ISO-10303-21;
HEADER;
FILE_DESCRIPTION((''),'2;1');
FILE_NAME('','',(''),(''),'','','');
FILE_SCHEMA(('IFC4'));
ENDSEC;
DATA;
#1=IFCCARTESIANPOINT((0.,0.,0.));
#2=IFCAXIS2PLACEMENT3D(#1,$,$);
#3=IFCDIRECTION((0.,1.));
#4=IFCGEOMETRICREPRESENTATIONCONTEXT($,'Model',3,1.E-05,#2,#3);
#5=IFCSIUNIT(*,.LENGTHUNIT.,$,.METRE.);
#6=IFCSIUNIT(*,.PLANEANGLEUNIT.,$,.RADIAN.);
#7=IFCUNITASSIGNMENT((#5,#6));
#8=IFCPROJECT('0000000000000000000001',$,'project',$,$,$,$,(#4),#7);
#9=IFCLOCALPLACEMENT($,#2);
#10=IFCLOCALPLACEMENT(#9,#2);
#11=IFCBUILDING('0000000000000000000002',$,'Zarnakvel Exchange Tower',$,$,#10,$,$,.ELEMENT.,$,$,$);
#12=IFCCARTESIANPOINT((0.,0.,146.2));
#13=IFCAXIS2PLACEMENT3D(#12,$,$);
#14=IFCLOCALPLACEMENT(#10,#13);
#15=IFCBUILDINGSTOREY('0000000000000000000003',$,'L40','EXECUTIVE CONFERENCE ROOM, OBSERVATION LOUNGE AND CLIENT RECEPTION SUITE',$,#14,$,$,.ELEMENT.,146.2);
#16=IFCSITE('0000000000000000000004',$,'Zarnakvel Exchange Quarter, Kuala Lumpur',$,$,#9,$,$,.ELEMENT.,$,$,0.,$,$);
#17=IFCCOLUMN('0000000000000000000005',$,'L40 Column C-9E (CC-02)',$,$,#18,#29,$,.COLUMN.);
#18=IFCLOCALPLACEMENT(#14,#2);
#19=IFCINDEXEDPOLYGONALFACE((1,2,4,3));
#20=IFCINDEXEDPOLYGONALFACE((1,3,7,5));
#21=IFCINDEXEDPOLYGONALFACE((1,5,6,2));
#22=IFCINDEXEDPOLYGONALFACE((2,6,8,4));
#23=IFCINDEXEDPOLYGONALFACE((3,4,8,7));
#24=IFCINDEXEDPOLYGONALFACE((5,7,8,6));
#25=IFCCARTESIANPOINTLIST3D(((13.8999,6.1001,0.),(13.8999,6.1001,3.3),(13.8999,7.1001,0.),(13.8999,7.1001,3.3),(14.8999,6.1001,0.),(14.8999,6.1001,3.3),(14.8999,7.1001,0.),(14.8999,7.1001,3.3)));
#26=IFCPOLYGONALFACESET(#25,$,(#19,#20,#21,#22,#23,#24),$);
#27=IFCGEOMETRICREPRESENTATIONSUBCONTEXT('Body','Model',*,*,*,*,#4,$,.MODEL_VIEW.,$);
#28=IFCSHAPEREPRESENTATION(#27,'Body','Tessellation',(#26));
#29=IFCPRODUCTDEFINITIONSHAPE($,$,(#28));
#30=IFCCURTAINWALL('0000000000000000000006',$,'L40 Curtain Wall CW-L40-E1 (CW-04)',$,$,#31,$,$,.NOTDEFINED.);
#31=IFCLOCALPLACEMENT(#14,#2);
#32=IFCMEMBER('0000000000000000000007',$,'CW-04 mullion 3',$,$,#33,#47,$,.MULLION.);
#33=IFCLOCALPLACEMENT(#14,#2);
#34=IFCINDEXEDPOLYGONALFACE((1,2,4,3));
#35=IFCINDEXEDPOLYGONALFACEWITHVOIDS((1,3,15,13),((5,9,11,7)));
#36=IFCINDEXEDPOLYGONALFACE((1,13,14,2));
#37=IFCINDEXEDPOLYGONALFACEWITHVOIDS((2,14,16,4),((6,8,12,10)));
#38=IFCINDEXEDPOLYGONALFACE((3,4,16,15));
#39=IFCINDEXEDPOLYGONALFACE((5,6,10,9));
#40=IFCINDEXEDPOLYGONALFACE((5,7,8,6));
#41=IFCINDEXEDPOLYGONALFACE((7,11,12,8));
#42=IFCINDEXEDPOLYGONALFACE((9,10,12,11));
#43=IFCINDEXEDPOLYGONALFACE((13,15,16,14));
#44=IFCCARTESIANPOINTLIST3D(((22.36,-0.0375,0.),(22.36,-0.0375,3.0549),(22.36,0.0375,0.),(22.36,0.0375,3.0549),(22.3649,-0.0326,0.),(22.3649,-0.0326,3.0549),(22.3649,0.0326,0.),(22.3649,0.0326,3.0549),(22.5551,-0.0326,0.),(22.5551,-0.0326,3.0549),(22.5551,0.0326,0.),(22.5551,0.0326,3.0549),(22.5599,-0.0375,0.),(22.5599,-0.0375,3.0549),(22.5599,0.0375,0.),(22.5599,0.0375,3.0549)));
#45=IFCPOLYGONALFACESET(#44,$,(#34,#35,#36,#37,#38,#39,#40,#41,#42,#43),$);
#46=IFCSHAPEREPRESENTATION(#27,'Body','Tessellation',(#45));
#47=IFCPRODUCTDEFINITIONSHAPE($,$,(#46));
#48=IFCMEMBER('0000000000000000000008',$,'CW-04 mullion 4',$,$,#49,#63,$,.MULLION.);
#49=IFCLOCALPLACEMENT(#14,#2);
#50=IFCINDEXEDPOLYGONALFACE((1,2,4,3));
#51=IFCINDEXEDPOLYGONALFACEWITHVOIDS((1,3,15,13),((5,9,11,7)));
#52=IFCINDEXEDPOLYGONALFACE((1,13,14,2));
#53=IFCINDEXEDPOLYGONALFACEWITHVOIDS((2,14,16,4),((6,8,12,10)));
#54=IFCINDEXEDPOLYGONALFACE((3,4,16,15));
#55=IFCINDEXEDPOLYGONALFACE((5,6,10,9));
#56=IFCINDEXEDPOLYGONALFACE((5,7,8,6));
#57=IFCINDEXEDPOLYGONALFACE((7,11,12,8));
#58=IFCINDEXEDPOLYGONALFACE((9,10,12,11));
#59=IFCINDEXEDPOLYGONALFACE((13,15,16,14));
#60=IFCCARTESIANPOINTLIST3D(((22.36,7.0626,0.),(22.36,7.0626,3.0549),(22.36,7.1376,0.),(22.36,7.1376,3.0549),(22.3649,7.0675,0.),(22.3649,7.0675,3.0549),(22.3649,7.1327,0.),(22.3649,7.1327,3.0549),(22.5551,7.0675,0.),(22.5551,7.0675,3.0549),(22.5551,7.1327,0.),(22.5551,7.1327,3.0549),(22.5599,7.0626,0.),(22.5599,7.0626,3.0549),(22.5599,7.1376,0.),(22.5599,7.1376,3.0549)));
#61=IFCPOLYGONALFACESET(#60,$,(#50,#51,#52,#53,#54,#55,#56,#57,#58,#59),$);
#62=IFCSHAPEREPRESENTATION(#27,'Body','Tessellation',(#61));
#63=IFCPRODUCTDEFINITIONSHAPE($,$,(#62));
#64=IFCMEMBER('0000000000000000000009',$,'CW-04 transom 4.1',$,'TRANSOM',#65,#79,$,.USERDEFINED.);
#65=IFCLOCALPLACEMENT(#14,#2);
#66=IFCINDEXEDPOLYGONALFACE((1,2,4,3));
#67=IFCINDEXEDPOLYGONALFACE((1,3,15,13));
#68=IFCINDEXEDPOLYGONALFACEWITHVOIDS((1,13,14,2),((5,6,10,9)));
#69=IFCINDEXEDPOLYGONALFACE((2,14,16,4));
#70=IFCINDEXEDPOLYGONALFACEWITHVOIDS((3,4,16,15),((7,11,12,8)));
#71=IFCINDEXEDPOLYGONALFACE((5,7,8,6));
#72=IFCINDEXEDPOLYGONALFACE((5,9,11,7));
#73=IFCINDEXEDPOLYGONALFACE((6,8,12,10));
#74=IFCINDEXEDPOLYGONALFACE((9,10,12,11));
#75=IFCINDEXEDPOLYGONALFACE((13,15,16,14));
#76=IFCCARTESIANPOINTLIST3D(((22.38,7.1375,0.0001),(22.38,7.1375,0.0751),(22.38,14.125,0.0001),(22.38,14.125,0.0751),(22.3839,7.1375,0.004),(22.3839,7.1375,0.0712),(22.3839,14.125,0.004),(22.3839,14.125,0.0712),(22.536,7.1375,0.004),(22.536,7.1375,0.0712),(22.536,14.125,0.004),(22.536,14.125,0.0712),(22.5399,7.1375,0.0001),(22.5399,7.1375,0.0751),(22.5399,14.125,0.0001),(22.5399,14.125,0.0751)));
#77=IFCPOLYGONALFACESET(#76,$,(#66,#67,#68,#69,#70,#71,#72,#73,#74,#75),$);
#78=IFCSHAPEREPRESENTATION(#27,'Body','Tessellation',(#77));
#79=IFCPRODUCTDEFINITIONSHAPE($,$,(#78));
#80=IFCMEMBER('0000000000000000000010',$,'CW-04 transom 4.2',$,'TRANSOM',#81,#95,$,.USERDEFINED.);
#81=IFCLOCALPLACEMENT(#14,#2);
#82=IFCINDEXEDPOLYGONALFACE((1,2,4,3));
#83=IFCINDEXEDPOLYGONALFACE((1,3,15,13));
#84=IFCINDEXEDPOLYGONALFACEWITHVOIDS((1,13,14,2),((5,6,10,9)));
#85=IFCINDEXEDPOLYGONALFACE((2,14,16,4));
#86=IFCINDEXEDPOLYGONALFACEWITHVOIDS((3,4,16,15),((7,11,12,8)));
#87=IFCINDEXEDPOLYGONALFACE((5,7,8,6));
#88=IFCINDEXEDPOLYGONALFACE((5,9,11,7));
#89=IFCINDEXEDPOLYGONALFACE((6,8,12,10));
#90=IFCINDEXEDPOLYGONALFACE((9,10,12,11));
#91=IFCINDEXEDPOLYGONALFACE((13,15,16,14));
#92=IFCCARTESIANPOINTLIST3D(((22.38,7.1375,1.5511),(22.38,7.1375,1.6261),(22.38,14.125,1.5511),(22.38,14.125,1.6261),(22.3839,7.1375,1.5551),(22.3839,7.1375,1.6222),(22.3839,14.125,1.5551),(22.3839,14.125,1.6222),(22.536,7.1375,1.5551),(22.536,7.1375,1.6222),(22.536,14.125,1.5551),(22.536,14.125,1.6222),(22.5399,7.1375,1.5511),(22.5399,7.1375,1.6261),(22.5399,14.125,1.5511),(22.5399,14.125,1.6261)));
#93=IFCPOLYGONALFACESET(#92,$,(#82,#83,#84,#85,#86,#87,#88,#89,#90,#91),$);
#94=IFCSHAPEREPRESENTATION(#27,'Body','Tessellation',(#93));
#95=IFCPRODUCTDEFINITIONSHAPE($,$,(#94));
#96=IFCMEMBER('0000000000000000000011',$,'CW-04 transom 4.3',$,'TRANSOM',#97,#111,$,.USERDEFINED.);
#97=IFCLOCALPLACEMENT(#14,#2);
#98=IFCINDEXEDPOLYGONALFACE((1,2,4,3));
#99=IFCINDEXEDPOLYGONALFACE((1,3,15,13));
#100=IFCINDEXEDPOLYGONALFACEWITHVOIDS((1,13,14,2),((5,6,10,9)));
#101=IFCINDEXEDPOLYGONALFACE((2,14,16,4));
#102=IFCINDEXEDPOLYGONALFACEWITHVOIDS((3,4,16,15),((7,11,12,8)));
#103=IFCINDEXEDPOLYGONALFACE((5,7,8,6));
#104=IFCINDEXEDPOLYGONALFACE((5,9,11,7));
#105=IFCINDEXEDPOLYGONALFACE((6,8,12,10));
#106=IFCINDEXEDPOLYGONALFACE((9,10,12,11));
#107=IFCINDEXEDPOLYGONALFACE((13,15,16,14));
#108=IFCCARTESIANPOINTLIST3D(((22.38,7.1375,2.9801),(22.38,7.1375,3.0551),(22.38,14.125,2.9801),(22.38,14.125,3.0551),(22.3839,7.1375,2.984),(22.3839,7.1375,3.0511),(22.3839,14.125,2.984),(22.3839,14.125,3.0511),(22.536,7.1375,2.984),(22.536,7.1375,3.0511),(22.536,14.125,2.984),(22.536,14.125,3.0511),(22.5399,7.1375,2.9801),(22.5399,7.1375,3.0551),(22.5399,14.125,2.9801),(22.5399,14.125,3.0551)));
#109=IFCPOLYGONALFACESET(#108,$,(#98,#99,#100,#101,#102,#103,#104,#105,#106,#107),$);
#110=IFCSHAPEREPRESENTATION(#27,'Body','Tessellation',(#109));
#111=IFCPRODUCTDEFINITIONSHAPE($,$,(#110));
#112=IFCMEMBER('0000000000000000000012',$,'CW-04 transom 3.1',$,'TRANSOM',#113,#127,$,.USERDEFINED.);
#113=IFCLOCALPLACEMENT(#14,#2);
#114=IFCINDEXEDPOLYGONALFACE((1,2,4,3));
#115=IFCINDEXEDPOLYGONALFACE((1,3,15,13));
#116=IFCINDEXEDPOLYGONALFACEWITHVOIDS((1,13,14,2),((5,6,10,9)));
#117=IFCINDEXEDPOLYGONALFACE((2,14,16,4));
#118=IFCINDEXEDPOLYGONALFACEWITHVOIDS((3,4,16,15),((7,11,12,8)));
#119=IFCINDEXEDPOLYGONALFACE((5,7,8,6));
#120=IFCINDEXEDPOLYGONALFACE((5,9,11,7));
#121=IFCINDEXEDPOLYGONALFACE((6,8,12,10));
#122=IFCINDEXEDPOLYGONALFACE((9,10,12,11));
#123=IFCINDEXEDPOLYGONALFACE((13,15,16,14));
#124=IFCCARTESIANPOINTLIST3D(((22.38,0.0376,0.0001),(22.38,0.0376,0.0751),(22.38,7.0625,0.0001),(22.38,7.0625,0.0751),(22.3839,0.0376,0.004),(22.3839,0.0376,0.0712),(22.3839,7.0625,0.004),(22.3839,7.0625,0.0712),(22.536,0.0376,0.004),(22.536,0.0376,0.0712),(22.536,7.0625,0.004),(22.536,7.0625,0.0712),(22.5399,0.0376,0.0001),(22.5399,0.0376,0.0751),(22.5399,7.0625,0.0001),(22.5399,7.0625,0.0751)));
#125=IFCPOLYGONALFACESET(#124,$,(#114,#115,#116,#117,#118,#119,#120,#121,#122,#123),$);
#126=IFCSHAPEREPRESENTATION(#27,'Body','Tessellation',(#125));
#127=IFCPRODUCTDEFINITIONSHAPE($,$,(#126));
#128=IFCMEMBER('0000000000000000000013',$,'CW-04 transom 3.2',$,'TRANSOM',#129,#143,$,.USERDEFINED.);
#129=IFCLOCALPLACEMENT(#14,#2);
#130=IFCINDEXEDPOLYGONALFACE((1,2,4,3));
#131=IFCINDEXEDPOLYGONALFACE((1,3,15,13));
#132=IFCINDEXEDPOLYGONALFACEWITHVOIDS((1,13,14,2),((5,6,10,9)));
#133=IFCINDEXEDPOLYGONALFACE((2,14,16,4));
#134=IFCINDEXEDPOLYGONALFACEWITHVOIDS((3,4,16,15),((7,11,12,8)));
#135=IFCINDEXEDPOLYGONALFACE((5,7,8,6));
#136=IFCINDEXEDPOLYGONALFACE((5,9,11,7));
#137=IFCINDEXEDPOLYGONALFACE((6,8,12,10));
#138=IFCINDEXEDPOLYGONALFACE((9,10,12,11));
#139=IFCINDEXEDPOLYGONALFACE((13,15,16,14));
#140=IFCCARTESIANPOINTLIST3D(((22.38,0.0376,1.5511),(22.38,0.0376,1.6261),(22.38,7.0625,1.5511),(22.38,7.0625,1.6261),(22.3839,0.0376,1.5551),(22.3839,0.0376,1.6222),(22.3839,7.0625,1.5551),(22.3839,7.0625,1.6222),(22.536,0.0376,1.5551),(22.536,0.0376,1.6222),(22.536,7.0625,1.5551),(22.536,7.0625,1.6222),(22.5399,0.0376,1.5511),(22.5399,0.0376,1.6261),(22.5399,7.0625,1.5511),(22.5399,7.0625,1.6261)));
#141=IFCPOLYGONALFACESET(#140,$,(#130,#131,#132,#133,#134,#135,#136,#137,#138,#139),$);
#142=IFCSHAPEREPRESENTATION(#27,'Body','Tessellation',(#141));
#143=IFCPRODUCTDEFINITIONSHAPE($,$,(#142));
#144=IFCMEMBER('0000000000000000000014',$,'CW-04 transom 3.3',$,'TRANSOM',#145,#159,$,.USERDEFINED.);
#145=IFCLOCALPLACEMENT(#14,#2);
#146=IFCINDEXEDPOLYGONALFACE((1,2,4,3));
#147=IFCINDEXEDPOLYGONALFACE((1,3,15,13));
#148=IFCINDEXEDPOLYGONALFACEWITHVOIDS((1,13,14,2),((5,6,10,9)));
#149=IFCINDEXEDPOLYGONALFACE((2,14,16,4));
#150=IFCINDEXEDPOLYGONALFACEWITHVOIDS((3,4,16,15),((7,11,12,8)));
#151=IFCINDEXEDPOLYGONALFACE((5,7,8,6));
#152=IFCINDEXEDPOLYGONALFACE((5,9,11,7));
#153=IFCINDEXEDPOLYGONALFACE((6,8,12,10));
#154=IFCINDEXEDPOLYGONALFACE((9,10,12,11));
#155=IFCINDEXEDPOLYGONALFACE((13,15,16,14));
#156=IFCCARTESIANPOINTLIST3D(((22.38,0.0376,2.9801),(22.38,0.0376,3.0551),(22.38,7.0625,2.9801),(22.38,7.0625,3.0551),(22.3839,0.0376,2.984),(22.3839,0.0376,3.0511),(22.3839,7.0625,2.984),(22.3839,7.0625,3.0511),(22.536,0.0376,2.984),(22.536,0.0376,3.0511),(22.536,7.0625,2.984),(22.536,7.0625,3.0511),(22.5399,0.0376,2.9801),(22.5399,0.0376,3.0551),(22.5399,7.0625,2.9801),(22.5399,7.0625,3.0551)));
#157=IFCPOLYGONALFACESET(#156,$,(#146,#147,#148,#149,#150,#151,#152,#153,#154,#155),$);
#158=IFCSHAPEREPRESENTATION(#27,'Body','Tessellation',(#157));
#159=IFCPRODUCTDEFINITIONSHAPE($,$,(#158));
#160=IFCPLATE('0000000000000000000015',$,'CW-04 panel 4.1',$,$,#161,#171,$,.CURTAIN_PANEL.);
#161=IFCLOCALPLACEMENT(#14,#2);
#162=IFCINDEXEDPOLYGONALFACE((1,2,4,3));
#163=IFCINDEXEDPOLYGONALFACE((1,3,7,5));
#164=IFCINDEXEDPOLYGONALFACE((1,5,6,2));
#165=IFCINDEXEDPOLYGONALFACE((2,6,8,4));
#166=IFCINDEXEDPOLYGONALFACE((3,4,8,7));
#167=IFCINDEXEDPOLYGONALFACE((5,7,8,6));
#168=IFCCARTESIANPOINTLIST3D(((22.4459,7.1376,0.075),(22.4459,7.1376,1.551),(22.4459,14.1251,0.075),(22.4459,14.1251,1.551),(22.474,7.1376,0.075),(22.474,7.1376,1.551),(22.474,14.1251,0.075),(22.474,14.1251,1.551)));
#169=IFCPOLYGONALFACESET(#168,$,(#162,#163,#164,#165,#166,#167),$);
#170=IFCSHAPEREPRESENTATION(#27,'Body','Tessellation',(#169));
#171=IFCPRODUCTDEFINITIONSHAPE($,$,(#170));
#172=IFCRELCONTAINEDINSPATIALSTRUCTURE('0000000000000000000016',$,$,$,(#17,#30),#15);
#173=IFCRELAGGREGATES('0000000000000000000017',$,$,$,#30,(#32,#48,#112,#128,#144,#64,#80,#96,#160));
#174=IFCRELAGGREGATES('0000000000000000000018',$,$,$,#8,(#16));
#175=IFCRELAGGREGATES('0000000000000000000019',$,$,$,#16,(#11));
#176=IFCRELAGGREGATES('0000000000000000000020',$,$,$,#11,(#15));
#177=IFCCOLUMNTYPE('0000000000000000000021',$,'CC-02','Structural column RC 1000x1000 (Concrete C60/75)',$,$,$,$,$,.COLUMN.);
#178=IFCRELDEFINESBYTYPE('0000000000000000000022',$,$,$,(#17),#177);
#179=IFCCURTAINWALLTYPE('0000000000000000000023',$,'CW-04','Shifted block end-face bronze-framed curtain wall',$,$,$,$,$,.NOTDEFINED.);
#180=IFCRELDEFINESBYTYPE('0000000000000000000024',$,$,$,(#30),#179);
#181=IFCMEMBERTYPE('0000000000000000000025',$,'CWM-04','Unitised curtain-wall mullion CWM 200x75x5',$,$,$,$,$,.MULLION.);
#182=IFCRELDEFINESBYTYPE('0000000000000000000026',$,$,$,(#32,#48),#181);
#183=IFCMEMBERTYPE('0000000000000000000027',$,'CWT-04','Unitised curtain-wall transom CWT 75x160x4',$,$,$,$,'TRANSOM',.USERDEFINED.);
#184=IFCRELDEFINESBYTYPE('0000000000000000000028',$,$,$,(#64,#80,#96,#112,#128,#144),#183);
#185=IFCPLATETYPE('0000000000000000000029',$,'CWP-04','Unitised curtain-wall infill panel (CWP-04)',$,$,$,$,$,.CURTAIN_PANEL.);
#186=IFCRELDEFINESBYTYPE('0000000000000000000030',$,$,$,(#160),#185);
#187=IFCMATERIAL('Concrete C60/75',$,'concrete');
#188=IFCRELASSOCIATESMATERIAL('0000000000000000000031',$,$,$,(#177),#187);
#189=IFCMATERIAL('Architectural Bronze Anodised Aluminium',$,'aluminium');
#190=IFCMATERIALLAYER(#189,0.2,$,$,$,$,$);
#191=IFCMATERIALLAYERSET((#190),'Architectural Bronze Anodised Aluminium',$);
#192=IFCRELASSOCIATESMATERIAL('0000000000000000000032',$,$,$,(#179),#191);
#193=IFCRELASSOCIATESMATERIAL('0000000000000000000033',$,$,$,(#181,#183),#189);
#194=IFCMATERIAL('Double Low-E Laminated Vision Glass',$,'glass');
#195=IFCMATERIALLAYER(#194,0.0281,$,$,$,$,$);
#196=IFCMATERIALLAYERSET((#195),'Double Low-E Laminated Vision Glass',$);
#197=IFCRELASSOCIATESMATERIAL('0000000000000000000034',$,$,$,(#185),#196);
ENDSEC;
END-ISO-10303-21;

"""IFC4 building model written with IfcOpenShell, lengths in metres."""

from ifc_helpers import new_model, si_unit, direction, frame, origin, origin_2d, place, context, subcontext, project, spatial, rectangle, hollow_rectangle, extrude, source, transform, mapped, material, layer, layer_set, material_profile, profile_set, type_object, element, aggregate, save


model = new_model("IFC4")

# Units and contexts
model_context = context("Model", 3, precision=1e-05, world=origin(), true_north=direction((0.0, 1.0)))
body_context = subcontext(model_context, "Body", "Model", "MODEL_VIEW")
ifc_project = project(units=[si_unit("LENGTHUNIT", "METRE"), si_unit("PLANEANGLEUNIT", "RADIAN")], contexts=[model_context])

# Site, building, storey
site_placement = place(None, origin())
site = spatial("IfcSite", under=ifc_project, at=site_placement, Name="Zarnakvel Exchange Quarter, Kuala Lumpur", CompositionType="ELEMENT", RefElevation=0.0)
building_placement = place(site_placement, origin())
building = spatial("IfcBuilding", under=site, at=building_placement, Name="Zarnakvel Exchange Tower", CompositionType="ELEMENT")
storey_placement = place(building_placement, frame((0.0, 0.0, 146.2)))
storey = spatial("IfcBuildingStorey", under=building, at=storey_placement, Name="L40", Description="EXECUTIVE CONFERENCE ROOM, OBSERVATION LOUNGE AND CLIENT RECEPTION SUITE", CompositionType="ELEMENT", Elevation=146.2)

# Column
ifc_material_1 = material(Name="Concrete C60/75", Category="concrete")
ifc_material_profile_1 = material_profile(ifc_material_1, rectangle(XDim=1.0, YDim=1.0, at=origin_2d()))
ifc_profile_set_1 = profile_set([ifc_material_profile_1], Name="Concrete C60/75")
column_type = type_object("IfcColumnType", Name="CC-02", Description="Structural column RC 1000x1000 (Concrete C60/75)", PredefinedType="COLUMN", material=ifc_profile_set_1)
column_placement = place(storey_placement, frame((14.3999, 6.6001, 0.0), z_axis=(0.0, 0.0, 1.0), x_axis=(1.0, 0.0, 0.0)))
element("IfcColumn", 1, at=column_placement, inside=storey, type_object=column_type, Name="L40 Column C-9E (CC-02)", PredefinedType="COLUMN", context=body_context, shape_type="SweptSolid", body=[
    extrude(rectangle(XDim=1.0, YDim=1.0, at=origin_2d()), origin(), (0.0, 0.0, 1.0), 3.3),
])

# Curtain wall, members, plate
ifc_material_2 = material(Name="Architectural Bronze Anodised Aluminium", Category="aluminium")
ifc_layer_1 = layer(ifc_material_2, 0.2)
ifc_layer_set_1 = layer_set([ifc_layer_1], Name="Architectural Bronze Anodised Aluminium")
curtain_wall_type = type_object("IfcCurtainWallType", Name="CW-04", Description="Shifted block end-face bronze-framed curtain wall", PredefinedType="NOTDEFINED", material=ifc_layer_set_1)
curtain_wall_placement = place(storey_placement, origin())
curtain_wall = element("IfcCurtainWall", 2, at=curtain_wall_placement, inside=storey, type_object=curtain_wall_type, Name="L40 Curtain Wall CW-L40-E1 (CW-04)", PredefinedType="NOTDEFINED")
ifc_material_profile_2 = material_profile(ifc_material_2, hollow_rectangle(XDim=0.2, YDim=0.075, WallThickness=0.0049, at=origin_2d()))
ifc_profile_set_2 = profile_set([ifc_material_profile_2], Name="Architectural Bronze Anodised Aluminium")
member_type_1 = type_object("IfcMemberType", Name="CWM-04", Description="Unitised curtain-wall mullion CWM 200x75x5", PredefinedType="MULLION", material=ifc_profile_set_2)
shared_shape_1 = source(origin(), body_context, "Body", "SweptSolid", [
    extrude(hollow_rectangle(XDim=0.2, YDim=0.075, WallThickness=0.0049, at=origin_2d()), origin(), (0.0, 0.0, 1.0), 3.0549),
])
member_1_placement = place(storey_placement, frame((22.46, 0.0, 0.0), z_axis=(0.0, 0.0, 1.0), x_axis=(-1.0, 0.0, 0.0)))
member_1 = element("IfcMember", 3, at=member_1_placement, type_object=member_type_1, Name="CW-04 mullion 3", PredefinedType="MULLION", context=body_context, shape_type="MappedRepresentation", body=[
    mapped(shared_shape_1, transform((0.0, 0.0, 0.0), x_axis=(1.0, 0.0, 0.0), y_axis=(0.0, 1.0, 0.0), z_axis=(0.0, 0.0, 1.0), scale=1.0)),
])
member_2_placement = place(storey_placement, frame((22.46, 7.1001, 0.0), z_axis=(0.0, 0.0, 1.0), x_axis=(-1.0, 0.0, 0.0)))
member_2 = element("IfcMember", 4, at=member_2_placement, type_object=member_type_1, Name="CW-04 mullion 4", PredefinedType="MULLION", context=body_context, shape_type="MappedRepresentation", body=[
    mapped(shared_shape_1, transform((0.0, 0.0, 0.0), x_axis=(1.0, 0.0, 0.0), y_axis=(0.0, 1.0, 0.0), z_axis=(0.0, 0.0, 1.0), scale=1.0)),
])
ifc_material_profile_3 = material_profile(ifc_material_2, hollow_rectangle(XDim=0.1599, YDim=0.075, WallThickness=0.0039, at=origin_2d()))
ifc_profile_set_3 = profile_set([ifc_material_profile_3], Name="Architectural Bronze Anodised Aluminium")
member_type_2 = type_object("IfcMemberType", Name="CWT-04", Description="Unitised curtain-wall transom CWT 75x160x4", ElementType="TRANSOM", PredefinedType="USERDEFINED", material=ifc_profile_set_3)
shared_shape_2 = source(origin(), body_context, "Body", "SweptSolid", [
    extrude(hollow_rectangle(XDim=0.1599, YDim=0.075, WallThickness=0.0039, at=origin_2d()), origin(), (0.0, 0.0, 1.0), 6.9875),
])
member_3_placement = place(storey_placement, frame((22.46, 7.1375, 0.0376), z_axis=(0.0, 1.0, 0.0), x_axis=(-1.0, 0.0, 0.0)))
member_3 = element("IfcMember", 5, at=member_3_placement, type_object=member_type_2, Name="CW-04 transom 4.1", ObjectType="TRANSOM", PredefinedType="USERDEFINED", context=body_context, shape_type="MappedRepresentation", body=[
    mapped(shared_shape_2, transform((0.0, 0.0, 0.0), x_axis=(1.0, 0.0, 0.0), y_axis=(0.0, 1.0, 0.0), z_axis=(0.0, 0.0, 1.0), scale=1.0)),
])
member_4_placement = place(storey_placement, frame((22.46, 7.1375, 1.5886), z_axis=(0.0, 1.0, 0.0), x_axis=(-1.0, 0.0, 0.0)))
member_4 = element("IfcMember", 6, at=member_4_placement, type_object=member_type_2, Name="CW-04 transom 4.2", ObjectType="TRANSOM", PredefinedType="USERDEFINED", context=body_context, shape_type="MappedRepresentation", body=[
    mapped(shared_shape_2, transform((0.0, 0.0, 0.0), x_axis=(1.0, 0.0, 0.0), y_axis=(0.0, 1.0, 0.0), z_axis=(0.0, 0.0, 1.0), scale=1.0)),
])
member_5_placement = place(storey_placement, frame((22.46, 7.1375, 3.0176), z_axis=(0.0, 1.0, 0.0), x_axis=(-1.0, 0.0, 0.0)))
member_5 = element("IfcMember", 7, at=member_5_placement, type_object=member_type_2, Name="CW-04 transom 4.3", ObjectType="TRANSOM", PredefinedType="USERDEFINED", context=body_context, shape_type="MappedRepresentation", body=[
    mapped(shared_shape_2, transform((0.0, 0.0, 0.0), x_axis=(1.0, 0.0, 0.0), y_axis=(0.0, 1.0, 0.0), z_axis=(0.0, 0.0, 1.0), scale=1.0)),
])
shared_shape_3 = source(origin(), body_context, "Body", "SweptSolid", [
    extrude(hollow_rectangle(XDim=0.1599, YDim=0.075, WallThickness=0.0039, at=origin_2d()), origin(), (0.0, 0.0, 1.0), 7.0249),
])
member_6_placement = place(storey_placement, frame((22.46, 0.0376, 0.0376), z_axis=(0.0, 1.0, 0.0), x_axis=(-1.0, 0.0, 0.0)))
member_6 = element("IfcMember", 8, at=member_6_placement, type_object=member_type_2, Name="CW-04 transom 3.1", ObjectType="TRANSOM", PredefinedType="USERDEFINED", context=body_context, shape_type="MappedRepresentation", body=[
    mapped(shared_shape_3, transform((0.0, 0.0, 0.0), x_axis=(1.0, 0.0, 0.0), y_axis=(0.0, 1.0, 0.0), z_axis=(0.0, 0.0, 1.0), scale=1.0)),
])
member_7_placement = place(storey_placement, frame((22.46, 0.0376, 1.5886), z_axis=(0.0, 1.0, 0.0), x_axis=(-1.0, 0.0, 0.0)))
member_7 = element("IfcMember", 9, at=member_7_placement, type_object=member_type_2, Name="CW-04 transom 3.2", ObjectType="TRANSOM", PredefinedType="USERDEFINED", context=body_context, shape_type="MappedRepresentation", body=[
    mapped(shared_shape_3, transform((0.0, 0.0, 0.0), x_axis=(1.0, 0.0, 0.0), y_axis=(0.0, 1.0, 0.0), z_axis=(0.0, 0.0, 1.0), scale=1.0)),
])
member_8_placement = place(storey_placement, frame((22.46, 0.0376, 3.0176), z_axis=(0.0, 1.0, 0.0), x_axis=(-1.0, 0.0, 0.0)))
member_8 = element("IfcMember", 10, at=member_8_placement, type_object=member_type_2, Name="CW-04 transom 3.3", ObjectType="TRANSOM", PredefinedType="USERDEFINED", context=body_context, shape_type="MappedRepresentation", body=[
    mapped(shared_shape_3, transform((0.0, 0.0, 0.0), x_axis=(1.0, 0.0, 0.0), y_axis=(0.0, 1.0, 0.0), z_axis=(0.0, 0.0, 1.0), scale=1.0)),
])
ifc_material_3 = material(Name="Double Low-E Laminated Vision Glass", Category="glass")
ifc_layer_2 = layer(ifc_material_3, 0.0281)
ifc_layer_set_2 = layer_set([ifc_layer_2], Name="Double Low-E Laminated Vision Glass")
plate_type = type_object("IfcPlateType", Name="CWP-04", Description="Unitised curtain-wall infill panel (CWP-04)", PredefinedType="CURTAIN_PANEL", material=ifc_layer_set_2)
shared_shape_4 = source(origin(), body_context, "Body", "SweptSolid", [
    extrude(rectangle(XDim=6.9875, YDim=0.0281, at=origin_2d()), origin(), (0.0, 0.0, 1.0), 1.4761),
])
plate_1_placement = place(storey_placement, frame((22.46, 10.6313, 0.075), z_axis=(0.0, 0.0, 1.0), x_axis=(0.0, 1.0, 0.0)))
plate_1 = element("IfcPlate", 11, at=plate_1_placement, type_object=plate_type, Name="CW-04 panel 4.1", PredefinedType="CURTAIN_PANEL", context=body_context, shape_type="MappedRepresentation", body=[
    mapped(shared_shape_4, transform((0.0, 0.0, 0.0), x_axis=(1.0, 0.0, 0.0), y_axis=(0.0, 1.0, 0.0), z_axis=(0.0, 0.0, 1.0), scale=1.0)),
])
aggregate(curtain_wall, [member_1, member_2, member_6, member_7, member_8, member_3, member_4, member_5, plate_1])

save(model, "model.ifc")
